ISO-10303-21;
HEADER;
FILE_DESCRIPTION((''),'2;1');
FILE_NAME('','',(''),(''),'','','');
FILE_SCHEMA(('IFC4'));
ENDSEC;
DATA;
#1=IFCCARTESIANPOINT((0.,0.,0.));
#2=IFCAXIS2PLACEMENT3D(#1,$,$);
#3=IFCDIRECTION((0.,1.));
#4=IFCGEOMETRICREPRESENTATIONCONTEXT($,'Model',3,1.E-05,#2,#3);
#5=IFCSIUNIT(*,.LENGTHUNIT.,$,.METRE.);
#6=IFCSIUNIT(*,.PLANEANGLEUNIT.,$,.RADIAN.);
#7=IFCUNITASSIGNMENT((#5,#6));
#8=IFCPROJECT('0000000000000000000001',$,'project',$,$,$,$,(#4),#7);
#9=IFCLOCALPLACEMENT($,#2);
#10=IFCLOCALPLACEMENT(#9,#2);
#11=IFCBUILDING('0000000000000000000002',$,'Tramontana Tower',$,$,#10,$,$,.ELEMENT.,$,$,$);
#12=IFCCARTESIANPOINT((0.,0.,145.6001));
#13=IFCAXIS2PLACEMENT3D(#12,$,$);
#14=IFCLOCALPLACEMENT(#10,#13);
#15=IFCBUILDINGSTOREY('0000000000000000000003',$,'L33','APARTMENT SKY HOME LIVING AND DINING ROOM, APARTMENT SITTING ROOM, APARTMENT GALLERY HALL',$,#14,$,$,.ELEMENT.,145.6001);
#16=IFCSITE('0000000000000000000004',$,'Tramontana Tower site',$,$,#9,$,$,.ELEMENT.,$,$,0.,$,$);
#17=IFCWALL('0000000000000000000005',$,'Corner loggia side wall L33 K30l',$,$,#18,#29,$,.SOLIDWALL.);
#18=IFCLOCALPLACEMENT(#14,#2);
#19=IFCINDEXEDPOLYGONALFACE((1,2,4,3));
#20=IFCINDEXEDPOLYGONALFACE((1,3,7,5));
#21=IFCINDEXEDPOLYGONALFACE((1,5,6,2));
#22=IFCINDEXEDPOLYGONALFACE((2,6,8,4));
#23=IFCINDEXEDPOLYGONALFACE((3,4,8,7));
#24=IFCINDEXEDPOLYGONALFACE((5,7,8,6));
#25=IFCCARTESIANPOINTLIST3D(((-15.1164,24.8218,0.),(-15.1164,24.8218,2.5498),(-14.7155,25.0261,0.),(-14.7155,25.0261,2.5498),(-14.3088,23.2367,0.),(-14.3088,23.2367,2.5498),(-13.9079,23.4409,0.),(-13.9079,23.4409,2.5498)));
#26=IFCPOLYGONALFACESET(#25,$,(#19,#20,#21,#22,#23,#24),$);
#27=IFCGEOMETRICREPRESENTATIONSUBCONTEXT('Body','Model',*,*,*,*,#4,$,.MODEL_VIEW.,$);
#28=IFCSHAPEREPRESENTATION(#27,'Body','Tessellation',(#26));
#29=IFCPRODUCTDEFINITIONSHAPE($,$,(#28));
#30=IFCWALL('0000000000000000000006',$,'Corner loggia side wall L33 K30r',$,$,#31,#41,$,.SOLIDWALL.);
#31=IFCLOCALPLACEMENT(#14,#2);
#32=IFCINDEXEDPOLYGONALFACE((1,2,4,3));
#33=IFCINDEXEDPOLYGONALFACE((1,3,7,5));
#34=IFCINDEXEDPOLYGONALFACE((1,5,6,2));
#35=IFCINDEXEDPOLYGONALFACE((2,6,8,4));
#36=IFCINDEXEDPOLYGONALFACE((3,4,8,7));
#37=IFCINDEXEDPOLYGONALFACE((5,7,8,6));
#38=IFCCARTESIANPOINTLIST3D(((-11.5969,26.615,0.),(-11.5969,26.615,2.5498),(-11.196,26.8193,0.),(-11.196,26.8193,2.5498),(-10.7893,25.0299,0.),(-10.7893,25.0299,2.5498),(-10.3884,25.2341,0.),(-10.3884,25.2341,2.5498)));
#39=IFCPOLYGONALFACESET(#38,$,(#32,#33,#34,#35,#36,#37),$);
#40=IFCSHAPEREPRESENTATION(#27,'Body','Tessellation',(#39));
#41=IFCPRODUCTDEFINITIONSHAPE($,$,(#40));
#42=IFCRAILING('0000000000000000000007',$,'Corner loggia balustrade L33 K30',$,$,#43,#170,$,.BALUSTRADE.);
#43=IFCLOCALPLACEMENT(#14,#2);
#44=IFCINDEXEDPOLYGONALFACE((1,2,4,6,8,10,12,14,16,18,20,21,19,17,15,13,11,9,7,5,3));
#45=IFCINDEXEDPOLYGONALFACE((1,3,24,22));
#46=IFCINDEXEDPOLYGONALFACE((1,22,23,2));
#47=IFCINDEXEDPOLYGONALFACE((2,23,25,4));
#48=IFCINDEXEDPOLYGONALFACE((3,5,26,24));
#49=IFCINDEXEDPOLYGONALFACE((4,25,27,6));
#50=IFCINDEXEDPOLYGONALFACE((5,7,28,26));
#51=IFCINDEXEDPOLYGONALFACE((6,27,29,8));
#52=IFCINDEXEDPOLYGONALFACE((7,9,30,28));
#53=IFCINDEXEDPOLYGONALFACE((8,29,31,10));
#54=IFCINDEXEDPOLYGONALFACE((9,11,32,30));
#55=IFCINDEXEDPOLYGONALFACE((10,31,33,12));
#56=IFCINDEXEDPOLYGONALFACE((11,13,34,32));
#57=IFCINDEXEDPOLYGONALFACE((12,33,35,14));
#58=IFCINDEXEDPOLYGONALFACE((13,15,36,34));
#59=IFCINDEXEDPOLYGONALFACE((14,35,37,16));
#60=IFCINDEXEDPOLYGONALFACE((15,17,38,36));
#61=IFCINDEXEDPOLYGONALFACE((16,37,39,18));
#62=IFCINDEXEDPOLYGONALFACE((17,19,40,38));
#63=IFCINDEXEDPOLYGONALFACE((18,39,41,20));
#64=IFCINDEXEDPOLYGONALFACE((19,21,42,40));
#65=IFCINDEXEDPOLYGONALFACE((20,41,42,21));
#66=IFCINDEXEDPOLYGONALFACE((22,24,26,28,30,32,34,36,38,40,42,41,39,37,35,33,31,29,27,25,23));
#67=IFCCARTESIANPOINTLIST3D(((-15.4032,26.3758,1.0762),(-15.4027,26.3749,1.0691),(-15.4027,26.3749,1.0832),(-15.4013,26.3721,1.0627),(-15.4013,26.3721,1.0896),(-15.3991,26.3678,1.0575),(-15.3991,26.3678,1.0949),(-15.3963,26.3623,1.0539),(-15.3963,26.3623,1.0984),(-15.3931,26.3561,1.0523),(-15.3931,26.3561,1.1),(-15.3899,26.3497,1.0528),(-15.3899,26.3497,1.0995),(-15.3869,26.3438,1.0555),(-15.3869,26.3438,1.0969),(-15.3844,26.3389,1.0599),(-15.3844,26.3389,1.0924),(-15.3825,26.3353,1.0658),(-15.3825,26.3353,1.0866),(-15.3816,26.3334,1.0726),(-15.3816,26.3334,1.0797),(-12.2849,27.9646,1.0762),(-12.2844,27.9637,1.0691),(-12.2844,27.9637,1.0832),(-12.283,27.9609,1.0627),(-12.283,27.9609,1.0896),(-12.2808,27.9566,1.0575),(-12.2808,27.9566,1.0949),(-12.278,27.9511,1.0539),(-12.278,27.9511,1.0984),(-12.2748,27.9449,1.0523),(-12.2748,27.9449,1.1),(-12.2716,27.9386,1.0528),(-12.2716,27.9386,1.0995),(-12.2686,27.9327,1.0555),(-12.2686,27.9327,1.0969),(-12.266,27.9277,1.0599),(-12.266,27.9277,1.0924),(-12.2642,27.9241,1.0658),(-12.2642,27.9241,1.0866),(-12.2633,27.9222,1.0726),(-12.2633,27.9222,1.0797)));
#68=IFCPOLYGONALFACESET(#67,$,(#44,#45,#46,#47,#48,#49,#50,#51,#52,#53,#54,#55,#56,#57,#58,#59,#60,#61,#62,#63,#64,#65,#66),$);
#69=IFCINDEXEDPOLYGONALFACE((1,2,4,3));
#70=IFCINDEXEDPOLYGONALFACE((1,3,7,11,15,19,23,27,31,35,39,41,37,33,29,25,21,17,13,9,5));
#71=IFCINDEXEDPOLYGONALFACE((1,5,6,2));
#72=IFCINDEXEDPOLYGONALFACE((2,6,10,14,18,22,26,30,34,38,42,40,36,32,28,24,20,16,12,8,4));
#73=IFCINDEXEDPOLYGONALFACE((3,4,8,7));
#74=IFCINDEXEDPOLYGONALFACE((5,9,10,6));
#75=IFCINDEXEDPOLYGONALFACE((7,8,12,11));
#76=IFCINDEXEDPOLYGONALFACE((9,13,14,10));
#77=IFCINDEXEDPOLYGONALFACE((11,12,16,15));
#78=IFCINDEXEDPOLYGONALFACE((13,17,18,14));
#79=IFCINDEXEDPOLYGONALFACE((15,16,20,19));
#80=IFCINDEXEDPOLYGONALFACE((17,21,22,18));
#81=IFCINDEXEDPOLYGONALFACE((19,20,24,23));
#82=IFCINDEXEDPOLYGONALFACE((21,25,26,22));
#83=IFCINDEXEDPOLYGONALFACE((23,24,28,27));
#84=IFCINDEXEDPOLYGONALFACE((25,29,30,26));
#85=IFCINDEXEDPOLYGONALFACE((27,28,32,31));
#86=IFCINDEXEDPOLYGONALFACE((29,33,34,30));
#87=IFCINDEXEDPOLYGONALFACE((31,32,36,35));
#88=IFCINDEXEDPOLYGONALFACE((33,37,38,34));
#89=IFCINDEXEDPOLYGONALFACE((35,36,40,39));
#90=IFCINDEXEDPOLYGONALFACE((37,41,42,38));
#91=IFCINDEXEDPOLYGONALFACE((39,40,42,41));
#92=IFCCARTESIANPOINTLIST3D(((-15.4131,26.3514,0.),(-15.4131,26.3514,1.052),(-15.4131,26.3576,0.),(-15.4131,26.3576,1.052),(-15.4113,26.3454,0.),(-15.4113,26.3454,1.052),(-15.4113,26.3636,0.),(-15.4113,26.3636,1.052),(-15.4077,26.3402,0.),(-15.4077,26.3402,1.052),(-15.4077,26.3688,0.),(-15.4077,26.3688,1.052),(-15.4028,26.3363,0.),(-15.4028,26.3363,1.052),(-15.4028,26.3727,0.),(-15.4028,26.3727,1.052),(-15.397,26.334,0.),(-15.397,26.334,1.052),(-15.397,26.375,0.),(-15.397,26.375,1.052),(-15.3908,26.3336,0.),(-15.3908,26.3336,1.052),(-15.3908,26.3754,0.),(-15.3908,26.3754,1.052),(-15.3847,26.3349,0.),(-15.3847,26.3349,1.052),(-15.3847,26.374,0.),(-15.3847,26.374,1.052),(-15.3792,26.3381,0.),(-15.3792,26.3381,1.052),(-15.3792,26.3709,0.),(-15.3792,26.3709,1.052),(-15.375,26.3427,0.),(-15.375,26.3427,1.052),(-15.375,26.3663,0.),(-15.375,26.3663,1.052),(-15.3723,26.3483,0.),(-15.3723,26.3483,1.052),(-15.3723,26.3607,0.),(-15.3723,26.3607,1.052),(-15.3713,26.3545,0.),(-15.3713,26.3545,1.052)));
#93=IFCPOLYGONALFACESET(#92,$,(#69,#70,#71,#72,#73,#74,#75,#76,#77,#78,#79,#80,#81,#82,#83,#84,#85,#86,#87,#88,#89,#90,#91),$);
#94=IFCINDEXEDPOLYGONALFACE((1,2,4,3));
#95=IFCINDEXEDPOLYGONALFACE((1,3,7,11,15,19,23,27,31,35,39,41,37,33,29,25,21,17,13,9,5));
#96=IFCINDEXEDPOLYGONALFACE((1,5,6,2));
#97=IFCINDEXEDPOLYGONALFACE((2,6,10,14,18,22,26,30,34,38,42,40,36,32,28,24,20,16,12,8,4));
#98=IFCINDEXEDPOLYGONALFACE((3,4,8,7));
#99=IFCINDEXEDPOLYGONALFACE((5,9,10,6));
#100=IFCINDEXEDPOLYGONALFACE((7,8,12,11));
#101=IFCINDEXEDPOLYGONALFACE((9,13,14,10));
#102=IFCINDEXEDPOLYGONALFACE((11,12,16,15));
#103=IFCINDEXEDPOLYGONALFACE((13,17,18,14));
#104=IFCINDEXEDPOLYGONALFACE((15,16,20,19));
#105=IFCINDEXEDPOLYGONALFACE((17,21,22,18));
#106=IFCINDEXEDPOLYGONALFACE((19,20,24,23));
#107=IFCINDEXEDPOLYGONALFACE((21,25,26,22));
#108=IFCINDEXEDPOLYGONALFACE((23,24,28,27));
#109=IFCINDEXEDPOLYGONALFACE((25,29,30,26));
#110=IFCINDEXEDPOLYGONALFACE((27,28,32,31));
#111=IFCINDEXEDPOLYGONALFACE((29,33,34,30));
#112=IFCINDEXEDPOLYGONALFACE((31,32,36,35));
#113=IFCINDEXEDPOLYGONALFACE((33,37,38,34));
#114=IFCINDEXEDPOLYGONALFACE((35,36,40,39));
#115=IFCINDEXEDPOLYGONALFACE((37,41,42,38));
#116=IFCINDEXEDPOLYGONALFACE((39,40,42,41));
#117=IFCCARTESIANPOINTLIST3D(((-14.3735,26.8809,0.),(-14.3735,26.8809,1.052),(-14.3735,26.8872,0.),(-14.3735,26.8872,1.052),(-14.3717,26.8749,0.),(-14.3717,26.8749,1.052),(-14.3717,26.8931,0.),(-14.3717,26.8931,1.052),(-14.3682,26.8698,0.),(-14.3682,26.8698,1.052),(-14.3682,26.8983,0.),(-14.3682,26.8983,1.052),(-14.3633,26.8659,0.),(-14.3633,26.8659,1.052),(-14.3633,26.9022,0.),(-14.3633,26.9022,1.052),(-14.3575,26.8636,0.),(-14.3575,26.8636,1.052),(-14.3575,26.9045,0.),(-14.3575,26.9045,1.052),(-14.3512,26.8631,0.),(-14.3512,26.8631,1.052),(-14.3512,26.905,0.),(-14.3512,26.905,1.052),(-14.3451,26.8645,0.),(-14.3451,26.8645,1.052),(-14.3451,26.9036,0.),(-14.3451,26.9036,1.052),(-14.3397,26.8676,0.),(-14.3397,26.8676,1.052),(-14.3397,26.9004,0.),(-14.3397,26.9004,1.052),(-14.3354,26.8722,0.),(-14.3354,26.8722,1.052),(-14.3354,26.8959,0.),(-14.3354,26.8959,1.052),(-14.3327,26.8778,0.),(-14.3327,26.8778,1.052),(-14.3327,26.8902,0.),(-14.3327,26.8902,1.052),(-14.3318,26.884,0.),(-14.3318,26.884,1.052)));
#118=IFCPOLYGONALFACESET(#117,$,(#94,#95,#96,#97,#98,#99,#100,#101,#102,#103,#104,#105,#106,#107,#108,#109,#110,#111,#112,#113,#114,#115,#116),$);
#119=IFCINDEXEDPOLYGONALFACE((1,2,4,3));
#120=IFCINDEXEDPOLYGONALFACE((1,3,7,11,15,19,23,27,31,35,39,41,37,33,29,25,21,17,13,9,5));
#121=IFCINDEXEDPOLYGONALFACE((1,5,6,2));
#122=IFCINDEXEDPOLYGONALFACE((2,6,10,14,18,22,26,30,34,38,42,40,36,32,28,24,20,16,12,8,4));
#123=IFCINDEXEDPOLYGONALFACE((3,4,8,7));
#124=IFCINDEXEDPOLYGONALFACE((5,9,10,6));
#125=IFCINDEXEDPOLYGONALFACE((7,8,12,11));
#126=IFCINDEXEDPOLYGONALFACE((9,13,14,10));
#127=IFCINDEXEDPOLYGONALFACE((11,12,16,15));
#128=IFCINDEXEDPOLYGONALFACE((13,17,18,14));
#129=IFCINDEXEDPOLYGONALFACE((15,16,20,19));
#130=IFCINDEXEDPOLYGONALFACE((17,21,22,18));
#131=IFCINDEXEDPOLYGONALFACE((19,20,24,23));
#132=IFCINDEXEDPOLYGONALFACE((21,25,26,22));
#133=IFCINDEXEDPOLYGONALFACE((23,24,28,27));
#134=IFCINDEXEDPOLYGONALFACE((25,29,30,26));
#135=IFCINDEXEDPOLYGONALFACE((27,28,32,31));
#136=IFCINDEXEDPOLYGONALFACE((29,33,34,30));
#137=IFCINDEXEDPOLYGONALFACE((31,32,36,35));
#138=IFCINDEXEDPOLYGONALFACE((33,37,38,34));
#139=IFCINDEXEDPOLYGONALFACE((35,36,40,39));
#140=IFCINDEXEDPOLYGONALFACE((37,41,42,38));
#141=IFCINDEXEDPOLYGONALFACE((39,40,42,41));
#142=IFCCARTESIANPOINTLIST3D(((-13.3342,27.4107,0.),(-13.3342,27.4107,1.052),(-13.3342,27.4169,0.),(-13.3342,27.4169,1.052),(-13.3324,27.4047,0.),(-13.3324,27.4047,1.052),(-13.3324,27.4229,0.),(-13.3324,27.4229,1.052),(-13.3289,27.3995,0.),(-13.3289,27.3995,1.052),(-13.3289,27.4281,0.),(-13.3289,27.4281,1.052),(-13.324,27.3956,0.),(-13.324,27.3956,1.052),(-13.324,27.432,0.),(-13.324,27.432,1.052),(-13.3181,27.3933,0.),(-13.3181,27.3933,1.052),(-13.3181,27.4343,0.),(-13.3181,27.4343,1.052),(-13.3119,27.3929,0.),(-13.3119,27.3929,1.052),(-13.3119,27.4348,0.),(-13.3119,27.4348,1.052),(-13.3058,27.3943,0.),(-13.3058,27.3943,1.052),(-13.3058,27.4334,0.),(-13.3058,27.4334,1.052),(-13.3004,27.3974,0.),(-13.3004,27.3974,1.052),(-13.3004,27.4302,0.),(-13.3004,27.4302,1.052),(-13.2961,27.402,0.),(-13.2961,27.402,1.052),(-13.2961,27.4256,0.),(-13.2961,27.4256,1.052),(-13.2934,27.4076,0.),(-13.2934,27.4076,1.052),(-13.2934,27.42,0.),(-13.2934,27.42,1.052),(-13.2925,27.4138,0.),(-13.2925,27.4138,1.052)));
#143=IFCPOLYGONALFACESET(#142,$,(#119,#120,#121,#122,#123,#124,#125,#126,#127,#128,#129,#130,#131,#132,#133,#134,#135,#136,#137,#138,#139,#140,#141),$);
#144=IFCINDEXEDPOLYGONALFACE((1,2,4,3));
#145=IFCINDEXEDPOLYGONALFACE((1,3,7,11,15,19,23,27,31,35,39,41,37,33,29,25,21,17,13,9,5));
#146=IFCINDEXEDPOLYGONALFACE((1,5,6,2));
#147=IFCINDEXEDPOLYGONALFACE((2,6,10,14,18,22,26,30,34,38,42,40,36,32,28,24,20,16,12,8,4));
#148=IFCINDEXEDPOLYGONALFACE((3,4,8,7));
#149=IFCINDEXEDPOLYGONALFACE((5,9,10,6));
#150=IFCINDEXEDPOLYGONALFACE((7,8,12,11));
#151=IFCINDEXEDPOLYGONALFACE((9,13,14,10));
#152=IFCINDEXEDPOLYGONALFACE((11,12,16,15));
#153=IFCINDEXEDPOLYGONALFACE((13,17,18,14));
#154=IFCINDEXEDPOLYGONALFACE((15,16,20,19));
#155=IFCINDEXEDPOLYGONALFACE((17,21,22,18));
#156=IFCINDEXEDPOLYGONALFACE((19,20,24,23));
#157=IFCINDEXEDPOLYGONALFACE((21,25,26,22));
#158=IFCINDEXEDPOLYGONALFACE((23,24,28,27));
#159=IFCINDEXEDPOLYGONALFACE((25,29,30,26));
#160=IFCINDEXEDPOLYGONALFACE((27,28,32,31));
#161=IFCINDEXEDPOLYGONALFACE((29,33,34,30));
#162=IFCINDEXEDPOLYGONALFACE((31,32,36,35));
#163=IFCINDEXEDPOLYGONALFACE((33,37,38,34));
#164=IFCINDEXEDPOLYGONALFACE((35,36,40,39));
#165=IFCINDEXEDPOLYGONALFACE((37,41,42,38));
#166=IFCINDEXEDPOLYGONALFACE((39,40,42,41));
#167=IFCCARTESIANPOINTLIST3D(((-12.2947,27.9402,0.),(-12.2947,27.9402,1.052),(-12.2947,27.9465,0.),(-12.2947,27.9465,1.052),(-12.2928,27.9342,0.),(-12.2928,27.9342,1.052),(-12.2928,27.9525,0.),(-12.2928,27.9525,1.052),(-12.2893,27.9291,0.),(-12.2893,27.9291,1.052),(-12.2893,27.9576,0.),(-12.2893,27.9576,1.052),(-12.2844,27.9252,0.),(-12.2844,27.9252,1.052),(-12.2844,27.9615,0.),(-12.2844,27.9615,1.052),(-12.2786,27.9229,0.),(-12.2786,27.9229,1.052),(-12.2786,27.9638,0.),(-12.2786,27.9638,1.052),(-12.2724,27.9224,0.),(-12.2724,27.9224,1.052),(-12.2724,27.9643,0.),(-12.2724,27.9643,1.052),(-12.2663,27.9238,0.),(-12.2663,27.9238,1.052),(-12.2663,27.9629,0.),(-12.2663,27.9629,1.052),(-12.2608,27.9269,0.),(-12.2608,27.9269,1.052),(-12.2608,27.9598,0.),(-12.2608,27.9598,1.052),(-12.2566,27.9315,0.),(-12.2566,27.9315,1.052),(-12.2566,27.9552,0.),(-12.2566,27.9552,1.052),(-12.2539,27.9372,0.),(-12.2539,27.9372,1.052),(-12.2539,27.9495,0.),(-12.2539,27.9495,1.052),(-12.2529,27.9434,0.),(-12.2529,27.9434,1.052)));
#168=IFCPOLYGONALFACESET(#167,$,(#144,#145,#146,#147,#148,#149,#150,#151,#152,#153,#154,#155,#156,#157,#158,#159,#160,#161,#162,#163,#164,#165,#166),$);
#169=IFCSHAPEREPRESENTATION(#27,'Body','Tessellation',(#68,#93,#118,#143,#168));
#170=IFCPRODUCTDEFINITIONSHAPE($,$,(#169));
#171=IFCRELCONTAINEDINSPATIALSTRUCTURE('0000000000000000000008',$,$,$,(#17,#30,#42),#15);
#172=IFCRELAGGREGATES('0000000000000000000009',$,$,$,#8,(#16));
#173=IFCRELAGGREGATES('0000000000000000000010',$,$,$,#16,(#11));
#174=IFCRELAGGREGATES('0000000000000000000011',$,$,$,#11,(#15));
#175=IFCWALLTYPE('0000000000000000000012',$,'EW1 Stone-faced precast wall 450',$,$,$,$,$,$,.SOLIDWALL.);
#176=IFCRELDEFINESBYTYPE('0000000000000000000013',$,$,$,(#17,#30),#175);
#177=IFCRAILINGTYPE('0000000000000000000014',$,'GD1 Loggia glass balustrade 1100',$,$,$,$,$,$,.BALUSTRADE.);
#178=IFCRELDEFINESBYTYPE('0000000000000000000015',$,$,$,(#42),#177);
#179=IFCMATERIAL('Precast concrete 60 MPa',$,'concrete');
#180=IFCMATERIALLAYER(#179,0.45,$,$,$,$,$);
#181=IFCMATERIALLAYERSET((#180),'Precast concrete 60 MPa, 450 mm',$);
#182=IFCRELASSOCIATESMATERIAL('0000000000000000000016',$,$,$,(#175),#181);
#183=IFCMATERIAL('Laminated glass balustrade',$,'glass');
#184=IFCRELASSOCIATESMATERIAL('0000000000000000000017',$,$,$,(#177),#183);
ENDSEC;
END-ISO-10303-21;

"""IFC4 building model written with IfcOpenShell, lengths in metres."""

from ifc_helpers import new_model, si_unit, direction, frame, frame_2d, origin, origin_2d, place, context, subcontext, project, spatial, rectangle, circle, extrude, material, layer, layer_set, type_object, element, save


model = new_model("IFC4")

# Units and contexts
model_context = context("Model", 3, precision=1e-05, world=origin(), true_north=direction((0.0, 1.0)))
body_context = subcontext(model_context, "Body", "Model", "MODEL_VIEW")
ifc_project = project(units=[si_unit("LENGTHUNIT", "METRE"), si_unit("PLANEANGLEUNIT", "RADIAN")], contexts=[model_context])

# Site, building, storey
site_placement = place(None, origin())
site = spatial("IfcSite", under=ifc_project, at=site_placement, Name="Tramontana Tower site", CompositionType="ELEMENT", RefElevation=0.0)
building_placement = place(site_placement, origin())
building = spatial("IfcBuilding", under=site, at=building_placement, Name="Tramontana Tower", CompositionType="ELEMENT")
storey_placement = place(building_placement, frame((0.0, 0.0, 145.6001)))
storey = spatial("IfcBuildingStorey", under=building, at=storey_placement, Name="L33", Description="APARTMENT SKY HOME LIVING AND DINING ROOM, APARTMENT SITTING ROOM, APARTMENT GALLERY HALL", CompositionType="ELEMENT", Elevation=145.6001)

# Shared definitions
ifc_material_1 = material(Name="Precast concrete 60 MPa", Category="concrete")
ifc_layer = layer(ifc_material_1, 0.45)
ifc_layer_set = layer_set([ifc_layer], Name="Precast concrete 60 MPa, 450 mm")
wall_type = type_object("IfcWallType", Name="EW1 Stone-faced precast wall 450", PredefinedType="SOLIDWALL", material=ifc_layer_set)

# Walls
for number, where, z_axis, x_axis, name in (
    (1, (-14.916, 24.9241, 0.0), (0.0, 0.0, 1.0), (0.453953, -0.891026, 0.0), "Corner loggia side wall L33 K30l"),
    (2, (-11.3965, 26.7173, 0.0), (0.0, 0.0, 1.0), (0.453953, -0.891026, 0.0), "Corner loggia side wall L33 K30r"),
):
    element("IfcWall", number, at=place(storey_placement, frame(where, z_axis=z_axis, x_axis=x_axis)), inside=storey, type_object=wall_type, Name=name, PredefinedType="SOLIDWALL", context=body_context, shape_type="SweptSolid", body=[
        extrude(rectangle(XDim=1.7791, YDim=0.45, at=frame_2d((0.8896, 0.0))), origin(), (0.0, 0.0, 1.0), 2.5498),
    ])

# Railing
ifc_material_2 = material(Name="Laminated glass balustrade", Category="glass")
railing_type = type_object("IfcRailingType", Name="GD1 Loggia glass balustrade 1100", PredefinedType="BALUSTRADE", material=ifc_material_2)
railing_placement = place(storey_placement, frame((-15.3923, 26.3545, 0.0)))
element("IfcRailing", 3, at=railing_placement, inside=storey, type_object=railing_type, Name="Corner loggia balustrade L33 K30", PredefinedType="BALUSTRADE", context=body_context, shape_type="SweptSolid", body=[
    extrude(circle(Radius=0.0239, at=origin_2d()), frame((0.0, 0.0, 1.0762), z_axis=(0.891011, 0.453981, 0.0), x_axis=(-0.453981, 0.891011, 0.0)), (0.0, 0.0, 1.0), 3.4998),
    extrude(circle(Radius=0.021, at=origin_2d()), origin(), (0.0, 0.0, 1.0), 1.052),
    extrude(circle(Radius=0.021, at=origin_2d()), frame((1.0396, 0.5295, 0.0)), (0.0, 0.0, 1.0), 1.052),
    extrude(circle(Radius=0.021, at=origin_2d()), frame((2.0789, 1.0593, 0.0)), (0.0, 0.0, 1.0), 1.052),
    extrude(circle(Radius=0.021, at=origin_2d()), frame((3.1184, 1.5889, 0.0)), (0.0, 0.0, 1.0), 1.052),
])

save(model, "model.ifc")
